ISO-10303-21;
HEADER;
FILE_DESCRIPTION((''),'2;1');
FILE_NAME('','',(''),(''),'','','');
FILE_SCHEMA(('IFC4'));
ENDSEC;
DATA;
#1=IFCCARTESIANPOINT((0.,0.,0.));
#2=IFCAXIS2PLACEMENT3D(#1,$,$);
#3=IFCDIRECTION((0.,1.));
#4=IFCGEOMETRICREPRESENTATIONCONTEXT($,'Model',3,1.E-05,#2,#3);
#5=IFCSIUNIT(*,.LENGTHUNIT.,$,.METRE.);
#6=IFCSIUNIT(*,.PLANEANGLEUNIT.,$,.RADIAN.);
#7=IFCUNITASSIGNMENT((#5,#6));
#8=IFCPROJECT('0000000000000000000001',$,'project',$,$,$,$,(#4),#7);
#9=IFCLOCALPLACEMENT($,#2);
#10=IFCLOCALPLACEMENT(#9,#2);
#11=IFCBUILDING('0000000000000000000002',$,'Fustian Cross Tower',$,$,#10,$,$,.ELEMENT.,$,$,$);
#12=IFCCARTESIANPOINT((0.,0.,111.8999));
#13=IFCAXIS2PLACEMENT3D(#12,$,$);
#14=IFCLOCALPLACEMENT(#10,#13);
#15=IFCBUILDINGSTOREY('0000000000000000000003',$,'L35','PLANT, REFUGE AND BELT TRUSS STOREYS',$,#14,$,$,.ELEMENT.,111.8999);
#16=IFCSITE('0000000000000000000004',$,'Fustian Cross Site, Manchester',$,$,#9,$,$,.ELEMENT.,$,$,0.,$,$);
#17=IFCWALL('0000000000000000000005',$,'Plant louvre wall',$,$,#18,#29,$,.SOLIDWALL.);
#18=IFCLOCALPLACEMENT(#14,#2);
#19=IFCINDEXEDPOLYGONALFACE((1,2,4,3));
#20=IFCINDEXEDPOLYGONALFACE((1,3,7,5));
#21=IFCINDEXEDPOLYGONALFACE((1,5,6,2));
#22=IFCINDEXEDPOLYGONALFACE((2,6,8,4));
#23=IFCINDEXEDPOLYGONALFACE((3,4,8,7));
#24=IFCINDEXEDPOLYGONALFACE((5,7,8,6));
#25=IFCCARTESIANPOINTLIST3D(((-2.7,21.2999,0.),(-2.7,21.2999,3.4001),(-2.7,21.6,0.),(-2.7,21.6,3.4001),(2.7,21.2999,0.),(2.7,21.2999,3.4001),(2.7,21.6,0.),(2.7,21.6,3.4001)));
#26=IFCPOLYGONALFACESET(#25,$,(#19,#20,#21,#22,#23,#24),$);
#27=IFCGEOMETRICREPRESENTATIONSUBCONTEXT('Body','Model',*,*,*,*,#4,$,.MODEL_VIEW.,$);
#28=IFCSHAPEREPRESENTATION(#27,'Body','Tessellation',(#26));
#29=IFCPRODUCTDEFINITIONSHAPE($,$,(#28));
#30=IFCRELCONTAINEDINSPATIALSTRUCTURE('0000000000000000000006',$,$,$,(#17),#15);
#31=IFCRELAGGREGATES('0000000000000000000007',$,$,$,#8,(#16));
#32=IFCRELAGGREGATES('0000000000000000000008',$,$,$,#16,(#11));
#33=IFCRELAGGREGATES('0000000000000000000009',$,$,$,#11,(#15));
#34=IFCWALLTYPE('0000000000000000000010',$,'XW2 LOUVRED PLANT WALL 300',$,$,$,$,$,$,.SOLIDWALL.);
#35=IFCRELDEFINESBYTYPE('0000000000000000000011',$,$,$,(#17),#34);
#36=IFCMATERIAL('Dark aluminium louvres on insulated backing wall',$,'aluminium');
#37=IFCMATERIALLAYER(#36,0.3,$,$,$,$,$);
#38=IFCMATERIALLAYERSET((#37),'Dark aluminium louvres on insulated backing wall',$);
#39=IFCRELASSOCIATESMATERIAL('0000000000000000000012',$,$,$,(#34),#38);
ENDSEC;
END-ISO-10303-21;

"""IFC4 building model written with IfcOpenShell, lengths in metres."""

from ifc_helpers import new_model, si_unit, direction, frame, frame_2d, origin, place, context, subcontext, project, spatial, rectangle, extrude, material, layer, layer_set, type_object, element, save


model = new_model("IFC4")

# Units and contexts
model_context = context("Model", 3, precision=1e-05, world=origin(), true_north=direction((0.0, 1.0)))
body_context = subcontext(model_context, "Body", "Model", "MODEL_VIEW")
ifc_project = project(units=[si_unit("LENGTHUNIT", "METRE"), si_unit("PLANEANGLEUNIT", "RADIAN")], contexts=[model_context])

# Site, building, storey
site_placement = place(None, origin())
site = spatial("IfcSite", under=ifc_project, at=site_placement, Name="Fustian Cross Site, Manchester", CompositionType="ELEMENT", RefElevation=0.0)
building_placement = place(site_placement, origin())
building = spatial("IfcBuilding", under=site, at=building_placement, Name="Fustian Cross Tower", CompositionType="ELEMENT")
storey_placement = place(building_placement, frame((0.0, 0.0, 111.8999)))
storey = spatial("IfcBuildingStorey", under=building, at=storey_placement, Name="L35", Description="PLANT, REFUGE AND BELT TRUSS STOREYS", CompositionType="ELEMENT", Elevation=111.8999)

# Wall
ifc_material_1 = material(Name="Dark aluminium louvres on insulated backing wall", Category="aluminium")
ifc_layer_1 = layer(ifc_material_1, 0.3)
ifc_layer_set_1 = layer_set([ifc_layer_1], Name="Dark aluminium louvres on insulated backing wall")
wall_type_1 = type_object("IfcWallType", Name="XW2 LOUVRED PLANT WALL 300", PredefinedType="SOLIDWALL", material=ifc_layer_set_1)
wall_1_placement = place(storey_placement, frame((2.7, 21.45, 0.0), z_axis=(0.0, 0.0, 1.0), x_axis=(-1.0, 0.0, 0.0)))
element("IfcWall", 1, at=wall_1_placement, inside=storey, type_object=wall_type_1, Name="Plant louvre wall", PredefinedType="SOLIDWALL", context=body_context, shape_type="SweptSolid", body=[
    extrude(rectangle(XDim=5.3999, YDim=0.3, at=frame_2d((2.7, 0.0))), origin(), (0.0, 0.0, 1.0), 3.4001),
])

save(model, "model.ifc")
